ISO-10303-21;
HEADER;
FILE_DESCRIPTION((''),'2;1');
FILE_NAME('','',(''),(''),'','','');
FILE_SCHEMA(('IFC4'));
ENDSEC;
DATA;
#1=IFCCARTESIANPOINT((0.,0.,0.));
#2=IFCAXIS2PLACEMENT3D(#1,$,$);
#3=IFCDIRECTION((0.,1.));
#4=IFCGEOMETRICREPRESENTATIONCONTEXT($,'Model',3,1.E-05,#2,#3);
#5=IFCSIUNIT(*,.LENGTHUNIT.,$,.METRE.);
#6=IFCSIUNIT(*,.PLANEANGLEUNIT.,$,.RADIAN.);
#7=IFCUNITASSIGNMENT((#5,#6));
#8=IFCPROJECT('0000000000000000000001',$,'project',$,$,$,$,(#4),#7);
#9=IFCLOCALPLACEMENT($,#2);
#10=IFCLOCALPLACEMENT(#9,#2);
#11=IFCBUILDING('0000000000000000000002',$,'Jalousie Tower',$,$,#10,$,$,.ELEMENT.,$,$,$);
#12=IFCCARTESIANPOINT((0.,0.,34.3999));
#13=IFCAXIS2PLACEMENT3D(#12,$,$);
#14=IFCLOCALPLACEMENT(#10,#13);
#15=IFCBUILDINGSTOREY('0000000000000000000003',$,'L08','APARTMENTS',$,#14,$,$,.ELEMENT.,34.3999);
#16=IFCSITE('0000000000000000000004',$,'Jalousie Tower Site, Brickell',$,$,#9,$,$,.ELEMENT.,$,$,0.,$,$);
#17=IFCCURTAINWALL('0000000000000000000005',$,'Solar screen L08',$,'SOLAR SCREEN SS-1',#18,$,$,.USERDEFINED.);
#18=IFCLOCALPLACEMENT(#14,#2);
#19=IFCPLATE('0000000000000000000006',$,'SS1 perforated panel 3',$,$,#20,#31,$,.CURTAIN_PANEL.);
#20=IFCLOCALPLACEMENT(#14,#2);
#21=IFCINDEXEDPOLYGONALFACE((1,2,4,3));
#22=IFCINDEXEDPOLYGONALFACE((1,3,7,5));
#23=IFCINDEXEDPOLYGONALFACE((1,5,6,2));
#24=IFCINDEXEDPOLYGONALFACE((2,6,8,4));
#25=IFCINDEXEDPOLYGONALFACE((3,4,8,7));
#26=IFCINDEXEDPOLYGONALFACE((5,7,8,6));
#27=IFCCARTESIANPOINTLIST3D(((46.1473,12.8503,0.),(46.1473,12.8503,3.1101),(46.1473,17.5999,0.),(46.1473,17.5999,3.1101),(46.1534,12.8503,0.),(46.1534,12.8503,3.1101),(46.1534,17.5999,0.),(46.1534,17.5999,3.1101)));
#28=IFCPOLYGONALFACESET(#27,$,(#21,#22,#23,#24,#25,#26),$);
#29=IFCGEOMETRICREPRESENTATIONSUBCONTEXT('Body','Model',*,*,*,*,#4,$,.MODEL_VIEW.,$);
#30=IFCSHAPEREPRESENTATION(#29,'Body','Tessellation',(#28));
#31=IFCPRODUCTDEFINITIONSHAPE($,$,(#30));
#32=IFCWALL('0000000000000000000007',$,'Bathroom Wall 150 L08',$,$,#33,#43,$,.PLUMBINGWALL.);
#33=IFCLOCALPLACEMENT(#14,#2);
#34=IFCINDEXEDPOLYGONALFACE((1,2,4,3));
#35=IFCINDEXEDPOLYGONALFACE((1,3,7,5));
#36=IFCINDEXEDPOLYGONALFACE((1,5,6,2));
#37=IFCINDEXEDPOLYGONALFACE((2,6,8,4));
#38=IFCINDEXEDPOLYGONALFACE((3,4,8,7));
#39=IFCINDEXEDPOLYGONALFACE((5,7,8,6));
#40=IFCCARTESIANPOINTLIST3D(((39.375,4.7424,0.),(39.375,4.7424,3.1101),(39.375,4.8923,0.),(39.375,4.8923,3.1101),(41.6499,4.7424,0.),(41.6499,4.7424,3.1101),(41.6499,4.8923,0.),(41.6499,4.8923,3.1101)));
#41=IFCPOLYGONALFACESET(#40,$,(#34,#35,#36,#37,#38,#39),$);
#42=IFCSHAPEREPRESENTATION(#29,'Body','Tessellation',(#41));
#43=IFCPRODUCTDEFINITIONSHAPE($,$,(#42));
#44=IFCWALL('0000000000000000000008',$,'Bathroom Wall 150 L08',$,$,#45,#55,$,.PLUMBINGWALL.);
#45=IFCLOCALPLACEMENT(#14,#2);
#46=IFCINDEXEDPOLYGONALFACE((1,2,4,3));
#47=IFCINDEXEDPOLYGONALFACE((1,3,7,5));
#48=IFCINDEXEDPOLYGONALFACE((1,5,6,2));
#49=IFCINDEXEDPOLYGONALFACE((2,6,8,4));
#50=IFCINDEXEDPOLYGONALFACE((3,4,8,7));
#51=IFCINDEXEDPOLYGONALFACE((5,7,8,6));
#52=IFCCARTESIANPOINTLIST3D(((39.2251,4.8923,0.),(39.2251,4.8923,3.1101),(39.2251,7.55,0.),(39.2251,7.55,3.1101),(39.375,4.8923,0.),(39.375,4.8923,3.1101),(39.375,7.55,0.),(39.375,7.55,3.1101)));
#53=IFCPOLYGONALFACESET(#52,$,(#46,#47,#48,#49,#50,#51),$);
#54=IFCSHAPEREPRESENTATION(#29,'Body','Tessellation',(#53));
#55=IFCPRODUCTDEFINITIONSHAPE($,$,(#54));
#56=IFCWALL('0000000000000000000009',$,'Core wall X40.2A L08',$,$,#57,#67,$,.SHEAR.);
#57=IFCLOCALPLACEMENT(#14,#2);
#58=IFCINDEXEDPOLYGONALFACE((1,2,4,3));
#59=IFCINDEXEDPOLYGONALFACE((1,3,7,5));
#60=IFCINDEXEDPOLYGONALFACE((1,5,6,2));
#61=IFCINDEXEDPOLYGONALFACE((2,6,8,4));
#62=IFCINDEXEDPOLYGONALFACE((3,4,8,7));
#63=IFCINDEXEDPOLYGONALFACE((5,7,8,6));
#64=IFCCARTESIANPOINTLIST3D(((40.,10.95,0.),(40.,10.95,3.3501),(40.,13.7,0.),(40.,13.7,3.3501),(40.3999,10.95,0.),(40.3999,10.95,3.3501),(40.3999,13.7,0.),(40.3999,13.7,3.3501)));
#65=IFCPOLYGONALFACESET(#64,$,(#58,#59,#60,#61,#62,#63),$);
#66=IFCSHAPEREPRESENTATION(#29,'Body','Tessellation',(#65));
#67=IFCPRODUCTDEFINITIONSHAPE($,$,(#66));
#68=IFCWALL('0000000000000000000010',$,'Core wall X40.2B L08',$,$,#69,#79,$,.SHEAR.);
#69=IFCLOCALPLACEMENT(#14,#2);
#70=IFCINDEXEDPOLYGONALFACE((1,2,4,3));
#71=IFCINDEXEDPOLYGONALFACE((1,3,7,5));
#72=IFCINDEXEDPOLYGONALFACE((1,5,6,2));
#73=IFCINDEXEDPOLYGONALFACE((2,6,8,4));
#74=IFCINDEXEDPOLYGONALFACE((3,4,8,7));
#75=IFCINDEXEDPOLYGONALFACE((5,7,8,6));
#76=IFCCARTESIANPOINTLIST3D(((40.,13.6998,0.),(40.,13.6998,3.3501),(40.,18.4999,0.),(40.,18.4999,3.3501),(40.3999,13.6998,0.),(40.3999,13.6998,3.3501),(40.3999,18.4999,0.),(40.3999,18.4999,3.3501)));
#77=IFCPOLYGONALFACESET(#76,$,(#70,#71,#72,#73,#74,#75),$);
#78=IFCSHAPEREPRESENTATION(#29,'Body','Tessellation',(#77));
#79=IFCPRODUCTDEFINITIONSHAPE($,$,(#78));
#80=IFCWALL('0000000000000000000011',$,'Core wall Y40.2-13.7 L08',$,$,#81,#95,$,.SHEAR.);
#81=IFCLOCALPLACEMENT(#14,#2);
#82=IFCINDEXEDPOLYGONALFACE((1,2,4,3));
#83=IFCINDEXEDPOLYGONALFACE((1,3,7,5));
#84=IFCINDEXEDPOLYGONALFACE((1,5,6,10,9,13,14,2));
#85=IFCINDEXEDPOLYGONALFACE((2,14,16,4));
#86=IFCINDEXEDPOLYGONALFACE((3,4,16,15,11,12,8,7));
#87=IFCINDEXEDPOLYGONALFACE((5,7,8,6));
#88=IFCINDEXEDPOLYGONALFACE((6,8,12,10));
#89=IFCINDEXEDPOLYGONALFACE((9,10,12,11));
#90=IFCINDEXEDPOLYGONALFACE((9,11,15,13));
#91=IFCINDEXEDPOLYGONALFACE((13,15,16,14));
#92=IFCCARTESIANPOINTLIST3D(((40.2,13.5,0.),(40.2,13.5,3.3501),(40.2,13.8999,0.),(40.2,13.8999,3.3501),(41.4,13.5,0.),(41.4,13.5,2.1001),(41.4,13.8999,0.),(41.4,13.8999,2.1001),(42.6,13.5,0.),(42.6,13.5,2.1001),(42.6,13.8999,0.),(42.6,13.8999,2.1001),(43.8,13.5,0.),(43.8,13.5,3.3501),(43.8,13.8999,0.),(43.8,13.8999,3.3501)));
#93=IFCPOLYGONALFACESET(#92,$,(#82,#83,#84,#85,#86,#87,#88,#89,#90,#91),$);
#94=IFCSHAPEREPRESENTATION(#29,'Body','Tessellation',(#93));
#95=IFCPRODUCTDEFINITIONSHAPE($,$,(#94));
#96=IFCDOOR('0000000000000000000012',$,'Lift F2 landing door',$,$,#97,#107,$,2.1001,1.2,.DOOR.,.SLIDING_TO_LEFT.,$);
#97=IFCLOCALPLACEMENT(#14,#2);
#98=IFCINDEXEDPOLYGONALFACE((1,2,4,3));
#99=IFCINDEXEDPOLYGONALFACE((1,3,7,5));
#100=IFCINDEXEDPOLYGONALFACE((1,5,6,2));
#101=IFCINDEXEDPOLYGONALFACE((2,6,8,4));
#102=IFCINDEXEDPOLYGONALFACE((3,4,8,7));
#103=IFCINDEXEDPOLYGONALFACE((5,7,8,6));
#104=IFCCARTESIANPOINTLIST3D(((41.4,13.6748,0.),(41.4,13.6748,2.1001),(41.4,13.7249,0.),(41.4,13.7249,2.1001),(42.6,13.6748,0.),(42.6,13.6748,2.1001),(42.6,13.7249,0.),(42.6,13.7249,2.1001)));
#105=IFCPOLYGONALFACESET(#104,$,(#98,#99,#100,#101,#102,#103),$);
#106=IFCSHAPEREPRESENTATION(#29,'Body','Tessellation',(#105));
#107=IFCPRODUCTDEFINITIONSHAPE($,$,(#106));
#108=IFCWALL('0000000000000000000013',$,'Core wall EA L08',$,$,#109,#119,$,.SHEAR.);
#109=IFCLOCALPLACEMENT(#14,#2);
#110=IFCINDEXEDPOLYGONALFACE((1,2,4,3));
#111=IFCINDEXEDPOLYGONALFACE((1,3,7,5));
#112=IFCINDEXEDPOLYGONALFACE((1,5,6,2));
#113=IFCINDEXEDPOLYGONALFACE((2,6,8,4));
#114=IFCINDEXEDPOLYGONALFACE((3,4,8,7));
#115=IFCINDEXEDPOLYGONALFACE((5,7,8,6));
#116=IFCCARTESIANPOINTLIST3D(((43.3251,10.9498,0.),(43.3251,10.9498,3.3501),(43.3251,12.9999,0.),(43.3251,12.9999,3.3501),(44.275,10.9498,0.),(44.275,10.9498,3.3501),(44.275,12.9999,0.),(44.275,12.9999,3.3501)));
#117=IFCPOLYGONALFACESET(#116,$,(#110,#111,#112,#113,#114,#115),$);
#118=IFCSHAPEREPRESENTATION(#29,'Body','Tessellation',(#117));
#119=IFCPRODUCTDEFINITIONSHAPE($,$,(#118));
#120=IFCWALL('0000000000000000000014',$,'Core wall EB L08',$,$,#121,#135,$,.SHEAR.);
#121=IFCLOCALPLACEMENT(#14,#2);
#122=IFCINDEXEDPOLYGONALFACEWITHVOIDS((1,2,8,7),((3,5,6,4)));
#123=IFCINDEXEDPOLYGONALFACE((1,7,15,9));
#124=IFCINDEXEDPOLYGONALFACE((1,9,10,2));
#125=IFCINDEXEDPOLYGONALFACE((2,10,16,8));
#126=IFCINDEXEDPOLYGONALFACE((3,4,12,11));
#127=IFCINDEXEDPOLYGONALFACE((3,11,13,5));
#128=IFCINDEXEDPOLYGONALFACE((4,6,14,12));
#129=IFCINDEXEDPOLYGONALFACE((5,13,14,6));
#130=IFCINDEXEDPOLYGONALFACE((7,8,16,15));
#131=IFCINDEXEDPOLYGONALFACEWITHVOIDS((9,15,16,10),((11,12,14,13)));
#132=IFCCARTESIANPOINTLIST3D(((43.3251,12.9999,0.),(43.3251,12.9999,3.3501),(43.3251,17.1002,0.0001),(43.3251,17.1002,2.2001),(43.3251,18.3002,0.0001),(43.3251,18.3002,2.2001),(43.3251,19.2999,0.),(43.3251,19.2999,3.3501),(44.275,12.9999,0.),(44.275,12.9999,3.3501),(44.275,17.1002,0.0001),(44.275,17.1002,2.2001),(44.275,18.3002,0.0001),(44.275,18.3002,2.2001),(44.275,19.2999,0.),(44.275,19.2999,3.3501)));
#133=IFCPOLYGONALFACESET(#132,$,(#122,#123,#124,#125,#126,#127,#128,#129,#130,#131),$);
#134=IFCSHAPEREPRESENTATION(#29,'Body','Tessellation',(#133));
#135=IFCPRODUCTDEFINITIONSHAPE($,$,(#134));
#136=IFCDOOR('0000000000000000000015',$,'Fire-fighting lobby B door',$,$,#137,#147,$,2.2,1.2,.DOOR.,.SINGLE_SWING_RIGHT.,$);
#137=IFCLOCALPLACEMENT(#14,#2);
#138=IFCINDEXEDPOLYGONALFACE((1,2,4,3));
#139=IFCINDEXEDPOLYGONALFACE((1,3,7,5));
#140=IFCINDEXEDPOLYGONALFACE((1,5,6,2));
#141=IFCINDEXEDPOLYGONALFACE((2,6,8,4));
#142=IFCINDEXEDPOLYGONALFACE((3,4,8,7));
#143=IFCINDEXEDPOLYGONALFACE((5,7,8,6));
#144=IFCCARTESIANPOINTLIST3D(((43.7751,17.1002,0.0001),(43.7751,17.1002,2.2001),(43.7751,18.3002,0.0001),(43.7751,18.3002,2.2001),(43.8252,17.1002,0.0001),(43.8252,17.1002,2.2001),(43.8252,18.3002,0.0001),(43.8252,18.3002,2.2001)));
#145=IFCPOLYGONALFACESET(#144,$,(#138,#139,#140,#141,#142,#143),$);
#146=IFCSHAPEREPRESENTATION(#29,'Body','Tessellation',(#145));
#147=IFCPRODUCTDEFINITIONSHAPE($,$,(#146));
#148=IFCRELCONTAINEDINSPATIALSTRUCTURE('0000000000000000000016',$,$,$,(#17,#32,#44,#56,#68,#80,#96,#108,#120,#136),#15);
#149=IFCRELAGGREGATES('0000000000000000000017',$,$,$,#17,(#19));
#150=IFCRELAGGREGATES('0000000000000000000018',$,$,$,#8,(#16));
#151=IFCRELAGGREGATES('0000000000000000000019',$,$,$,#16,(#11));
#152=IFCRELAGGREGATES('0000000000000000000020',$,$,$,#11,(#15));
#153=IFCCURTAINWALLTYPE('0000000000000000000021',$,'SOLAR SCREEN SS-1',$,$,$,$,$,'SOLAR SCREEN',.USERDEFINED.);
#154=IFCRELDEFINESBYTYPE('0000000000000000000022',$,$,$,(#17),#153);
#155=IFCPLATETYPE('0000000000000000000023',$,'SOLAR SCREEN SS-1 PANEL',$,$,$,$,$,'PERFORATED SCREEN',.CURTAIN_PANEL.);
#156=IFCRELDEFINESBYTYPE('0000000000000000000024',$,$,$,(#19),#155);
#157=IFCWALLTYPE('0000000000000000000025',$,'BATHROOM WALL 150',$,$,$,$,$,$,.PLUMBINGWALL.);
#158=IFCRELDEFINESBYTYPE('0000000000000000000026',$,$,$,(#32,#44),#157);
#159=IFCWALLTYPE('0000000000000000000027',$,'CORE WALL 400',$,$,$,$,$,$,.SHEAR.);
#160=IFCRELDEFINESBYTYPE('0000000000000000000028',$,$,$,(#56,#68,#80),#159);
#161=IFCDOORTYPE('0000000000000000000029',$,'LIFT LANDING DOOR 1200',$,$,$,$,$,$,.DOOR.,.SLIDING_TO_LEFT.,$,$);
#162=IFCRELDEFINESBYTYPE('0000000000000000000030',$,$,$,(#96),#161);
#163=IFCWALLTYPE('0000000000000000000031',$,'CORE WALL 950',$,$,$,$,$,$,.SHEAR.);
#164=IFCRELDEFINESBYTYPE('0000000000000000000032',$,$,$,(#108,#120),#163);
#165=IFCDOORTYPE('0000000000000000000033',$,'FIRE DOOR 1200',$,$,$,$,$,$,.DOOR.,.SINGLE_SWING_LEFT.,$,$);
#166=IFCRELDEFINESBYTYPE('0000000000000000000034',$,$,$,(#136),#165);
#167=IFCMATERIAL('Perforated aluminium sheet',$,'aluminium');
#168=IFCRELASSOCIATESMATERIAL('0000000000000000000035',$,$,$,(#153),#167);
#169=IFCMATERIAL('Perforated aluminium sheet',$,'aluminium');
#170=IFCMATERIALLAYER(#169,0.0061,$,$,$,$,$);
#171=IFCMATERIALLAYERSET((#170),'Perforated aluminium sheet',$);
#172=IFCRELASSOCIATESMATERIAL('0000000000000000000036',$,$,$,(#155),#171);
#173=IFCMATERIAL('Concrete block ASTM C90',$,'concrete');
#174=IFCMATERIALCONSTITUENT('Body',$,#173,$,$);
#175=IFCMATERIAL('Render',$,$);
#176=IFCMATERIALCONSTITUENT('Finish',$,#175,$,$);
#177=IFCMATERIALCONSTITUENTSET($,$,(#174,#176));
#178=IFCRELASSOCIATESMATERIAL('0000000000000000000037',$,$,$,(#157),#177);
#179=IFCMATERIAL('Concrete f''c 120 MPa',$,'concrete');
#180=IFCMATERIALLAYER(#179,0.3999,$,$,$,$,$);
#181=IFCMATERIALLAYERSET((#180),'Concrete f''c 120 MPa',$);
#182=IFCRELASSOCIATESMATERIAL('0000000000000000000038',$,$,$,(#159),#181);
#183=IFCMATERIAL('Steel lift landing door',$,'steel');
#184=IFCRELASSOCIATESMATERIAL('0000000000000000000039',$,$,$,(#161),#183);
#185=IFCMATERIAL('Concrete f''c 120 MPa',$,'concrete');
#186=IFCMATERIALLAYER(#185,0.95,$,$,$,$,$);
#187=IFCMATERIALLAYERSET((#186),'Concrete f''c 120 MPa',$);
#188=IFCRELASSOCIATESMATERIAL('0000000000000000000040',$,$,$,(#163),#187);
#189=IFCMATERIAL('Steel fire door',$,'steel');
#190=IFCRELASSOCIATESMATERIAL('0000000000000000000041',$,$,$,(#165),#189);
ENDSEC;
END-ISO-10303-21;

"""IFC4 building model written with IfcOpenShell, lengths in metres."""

from ifc_helpers import new_model, si_unit, direction, frame, frame_2d, origin, origin_2d, place, context, subcontext, project, spatial, rectangle, extrude, material, layer, layer_set, constituent, constituent_set, type_object, element, fill, aggregate, save


model = new_model("IFC4")

# Units and contexts
model_context = context("Model", 3, precision=1e-05, world=origin(), true_north=direction((0.0, 1.0)))
body_context = subcontext(model_context, "Body", "Model", "MODEL_VIEW")
ifc_project = project(units=[si_unit("LENGTHUNIT", "METRE"), si_unit("PLANEANGLEUNIT", "RADIAN")], contexts=[model_context])

# Site, building, storey
site_placement = place(None, origin())
site = spatial("IfcSite", under=ifc_project, at=site_placement, Name="Jalousie Tower Site, Brickell", CompositionType="ELEMENT", RefElevation=0.0)
building_placement = place(site_placement, origin())
building = spatial("IfcBuilding", under=site, at=building_placement, Name="Jalousie Tower", CompositionType="ELEMENT")
storey_placement = place(building_placement, frame((0.0, 0.0, 34.3999)))
storey = spatial("IfcBuildingStorey", under=building, at=storey_placement, Name="L08", Description="APARTMENTS", CompositionType="ELEMENT", Elevation=34.3999)

# Curtain wall, plate
ifc_material_1 = material(Name="Perforated aluminium sheet", Category="aluminium")
curtain_wall_type = type_object("IfcCurtainWallType", Name="SOLAR SCREEN SS-1", ElementType="SOLAR SCREEN", PredefinedType="USERDEFINED", material=ifc_material_1)
curtain_wall_placement = place(storey_placement, origin())
curtain_wall = element("IfcCurtainWall", 1, at=curtain_wall_placement, inside=storey, type_object=curtain_wall_type, Name="Solar screen L08", ObjectType="SOLAR SCREEN SS-1", PredefinedType="USERDEFINED")
ifc_material_2 = material(Name="Perforated aluminium sheet", Category="aluminium")
ifc_layer_1 = layer(ifc_material_2, 0.0061)
ifc_layer_set_1 = layer_set([ifc_layer_1], Name="Perforated aluminium sheet")
plate_type = type_object("IfcPlateType", Name="SOLAR SCREEN SS-1 PANEL", ElementType="PERFORATED SCREEN", PredefinedType="CURTAIN_PANEL", material=ifc_layer_set_1)
plate_1_placement = place(storey_placement, frame((46.1504, 15.2251, 0.0), z_axis=(0.0, 0.0, 1.0), x_axis=(0.0, 1.0, 0.0)))
plate_1 = element("IfcPlate", 2, at=plate_1_placement, type_object=plate_type, Name="SS1 perforated panel 3", PredefinedType="CURTAIN_PANEL", context=body_context, shape_type="SweptSolid", body=[
    extrude(rectangle(XDim=4.7495, YDim=0.0061, at=origin_2d()), origin(), (0.0, 0.0, 1.0), 3.1101),
])
aggregate(curtain_wall, [plate_1])

# Walls
ifc_material_3 = material(Name="Concrete block ASTM C90", Category="concrete")
ifc_constituent_1 = constituent(ifc_material_3, Name="Body")
ifc_material_4 = material(Name="Render")
ifc_constituent_2 = constituent(ifc_material_4, Name="Finish")
ifc_constituent_set_1 = constituent_set(constituents=[ifc_constituent_1, ifc_constituent_2])
wall_type_1 = type_object("IfcWallType", Name="BATHROOM WALL 150", PredefinedType="PLUMBINGWALL", material=ifc_constituent_set_1)
wall_1_placement = place(storey_placement, frame((39.375, 4.8174, 0.0), z_axis=(0.0, 0.0, 1.0), x_axis=(1.0, 0.0, 0.0)))
element("IfcWall", 3, at=wall_1_placement, inside=storey, type_object=wall_type_1, Name="Bathroom Wall 150 L08", PredefinedType="PLUMBINGWALL", context=body_context, shape_type="SweptSolid", body=[
    extrude(rectangle(XDim=2.2749, YDim=0.1499, at=frame_2d((1.1375, 0.0))), origin(), (0.0, 0.0, 1.0), 3.1101),
])
wall_2_placement = place(storey_placement, frame((39.3, 4.8923, 0.0), z_axis=(0.0, 0.0, 1.0), x_axis=(0.0, 1.0, 0.0)))
element("IfcWall", 4, at=wall_2_placement, inside=storey, type_object=wall_type_1, Name="Bathroom Wall 150 L08", PredefinedType="PLUMBINGWALL", context=body_context, shape_type="SweptSolid", body=[
    extrude(rectangle(XDim=2.6577, YDim=0.1499, at=frame_2d((1.3289, 0.0))), origin(), (0.0, 0.0, 1.0), 3.1101),
])
ifc_material_5 = material(Name="Concrete f'c 120 MPa", Category="concrete")
ifc_layer_2 = layer(ifc_material_5, 0.3999)
ifc_layer_set_2 = layer_set([ifc_layer_2], Name="Concrete f'c 120 MPa")
wall_type_2 = type_object("IfcWallType", Name="CORE WALL 400", PredefinedType="SHEAR", material=ifc_layer_set_2)
wall_3_placement = place(storey_placement, frame((40.2, 10.95, 0.0), z_axis=(0.0, 0.0, 1.0), x_axis=(0.0, 1.0, 0.0)))
element("IfcWall", 5, at=wall_3_placement, inside=storey, type_object=wall_type_2, Name="Core wall X40.2A L08", PredefinedType="SHEAR", context=body_context, shape_type="SweptSolid", body=[
    extrude(rectangle(XDim=2.75, YDim=0.3999, at=frame_2d((1.375, 0.0))), origin(), (0.0, 0.0, 1.0), 3.3501),
])
wall_4_placement = place(storey_placement, frame((40.2, 13.7, 0.0), z_axis=(0.0, 0.0, 1.0), x_axis=(0.0, 1.0, 0.0)))
element("IfcWall", 6, at=wall_4_placement, inside=storey, type_object=wall_type_2, Name="Core wall X40.2B L08", PredefinedType="SHEAR", context=body_context, shape_type="SweptSolid", body=[
    extrude(rectangle(XDim=4.8, YDim=0.3999, at=frame_2d((2.3999, 0.0))), origin(), (0.0, 0.0, 1.0), 3.3501),
])

# Wall, opening, door
wall_5_placement = place(storey_placement, frame((40.2, 13.7, 0.0), z_axis=(0.0, 0.0, 1.0), x_axis=(1.0, 0.0, 0.0)))
wall_5 = element("IfcWall", 7, at=wall_5_placement, inside=storey, type_object=wall_type_2, Name="Core wall Y40.2-13.7 L08", PredefinedType="SHEAR", context=body_context, shape_type="SweptSolid", body=[
    extrude(rectangle(XDim=3.6001, YDim=0.3999, at=frame_2d((1.8, 0.0))), origin(), (0.0, 0.0, 1.0), 3.3501),
])
opening_1_placement = place(wall_5_placement, frame((1.2, 0.0, 0.0)))
opening_1 = element("IfcOpeningElement", 8, at=opening_1_placement, cuts=wall_5, PredefinedType="OPENING", context=body_context, shape_type="SweptSolid", body=[
    extrude(rectangle(XDim=1.2, YDim=2.1001, at=frame_2d((0.6001, 1.05))), frame((0.0, 0.21, 0.0), z_axis=(0.0, -1.0, 0.0), x_axis=(1.0, 0.0, 0.0)), (0.0, 0.0, 1.0), 0.4199),
])
ifc_material_6 = material(Name="Steel lift landing door", Category="steel")
door_type_1 = type_object("IfcDoorType", Name="LIFT LANDING DOOR 1200", OperationType="SLIDING_TO_LEFT", PredefinedType="DOOR", material=ifc_material_6)
door_1_placement = place(opening_1_placement, origin())
door_1 = element("IfcDoor", 9, at=door_1_placement, inside=storey, type_object=door_type_1, Name="Lift F2 landing door", OperationType="SLIDING_TO_LEFT", OverallHeight=2.1001, OverallWidth=1.2, PredefinedType="DOOR", context=body_context, shape_type="SweptSolid", body=[
    extrude(rectangle(XDim=1.2, YDim=2.1001, at=frame_2d((0.6001, 1.05))), frame((0.0, 0.0249, 0.0), z_axis=(0.0, -1.0, 0.0), x_axis=(1.0, 0.0, 0.0)), (0.0, 0.0, 1.0), 0.05),
])
fill(opening_1, door_1)

# Wall
ifc_material_7 = material(Name="Concrete f'c 120 MPa", Category="concrete")
ifc_layer_3 = layer(ifc_material_7, 0.95)
ifc_layer_set_3 = layer_set([ifc_layer_3], Name="Concrete f'c 120 MPa")
wall_type_3 = type_object("IfcWallType", Name="CORE WALL 950", PredefinedType="SHEAR", material=ifc_layer_set_3)
wall_6_placement = place(storey_placement, frame((43.8, 10.95, 0.0), z_axis=(0.0, 0.0, 1.0), x_axis=(0.0, 1.0, 0.0)))
element("IfcWall", 10, at=wall_6_placement, inside=storey, type_object=wall_type_3, Name="Core wall EA L08", PredefinedType="SHEAR", context=body_context, shape_type="SweptSolid", body=[
    extrude(rectangle(XDim=2.05, YDim=0.95, at=frame_2d((1.0249, 0.0))), origin(), (0.0, 0.0, 1.0), 3.3501),
])

# Wall, opening, door
wall_7_placement = place(storey_placement, frame((43.8, 13.0, 0.0), z_axis=(0.0, 0.0, 1.0), x_axis=(0.0, 1.0, 0.0)))
wall_7 = element("IfcWall", 11, at=wall_7_placement, inside=storey, type_object=wall_type_3, Name="Core wall EB L08", PredefinedType="SHEAR", context=body_context, shape_type="SweptSolid", body=[
    extrude(rectangle(XDim=6.3, YDim=0.95, at=frame_2d((3.1499, 0.0))), origin(), (0.0, 0.0, 1.0), 3.3501),
])
opening_2_placement = place(wall_7_placement, frame((4.1001, 0.0, 0.0)))
opening_2 = element("IfcOpeningElement", 12, at=opening_2_placement, cuts=wall_7, PredefinedType="OPENING", context=body_context, shape_type="SweptSolid", body=[
    extrude(rectangle(XDim=1.2, YDim=2.2, at=frame_2d((0.6001, 1.1001))), frame((0.0, 0.4849, 0.0), z_axis=(0.0, -1.0, 0.0), x_axis=(1.0, 0.0, 0.0)), (0.0, 0.0, 1.0), 0.97),
])
ifc_material_8 = material(Name="Steel fire door", Category="steel")
door_type_2 = type_object("IfcDoorType", Name="FIRE DOOR 1200", OperationType="SINGLE_SWING_LEFT", PredefinedType="DOOR", material=ifc_material_8)
door_2_placement = place(opening_2_placement, origin())
door_2 = element("IfcDoor", 13, at=door_2_placement, inside=storey, type_object=door_type_2, Name="Fire-fighting lobby B door", OperationType="SINGLE_SWING_RIGHT", OverallHeight=2.2, OverallWidth=1.2, PredefinedType="DOOR", context=body_context, shape_type="SweptSolid", body=[
    extrude(rectangle(XDim=1.2, YDim=2.2, at=frame_2d((0.6001, 1.1001))), frame((0.0, 0.0249, 0.0), z_axis=(0.0, -1.0, 0.0), x_axis=(1.0, 0.0, 0.0)), (0.0, 0.0, 1.0), 0.05),
])
fill(opening_2, door_2)

save(model, "model.ifc")
